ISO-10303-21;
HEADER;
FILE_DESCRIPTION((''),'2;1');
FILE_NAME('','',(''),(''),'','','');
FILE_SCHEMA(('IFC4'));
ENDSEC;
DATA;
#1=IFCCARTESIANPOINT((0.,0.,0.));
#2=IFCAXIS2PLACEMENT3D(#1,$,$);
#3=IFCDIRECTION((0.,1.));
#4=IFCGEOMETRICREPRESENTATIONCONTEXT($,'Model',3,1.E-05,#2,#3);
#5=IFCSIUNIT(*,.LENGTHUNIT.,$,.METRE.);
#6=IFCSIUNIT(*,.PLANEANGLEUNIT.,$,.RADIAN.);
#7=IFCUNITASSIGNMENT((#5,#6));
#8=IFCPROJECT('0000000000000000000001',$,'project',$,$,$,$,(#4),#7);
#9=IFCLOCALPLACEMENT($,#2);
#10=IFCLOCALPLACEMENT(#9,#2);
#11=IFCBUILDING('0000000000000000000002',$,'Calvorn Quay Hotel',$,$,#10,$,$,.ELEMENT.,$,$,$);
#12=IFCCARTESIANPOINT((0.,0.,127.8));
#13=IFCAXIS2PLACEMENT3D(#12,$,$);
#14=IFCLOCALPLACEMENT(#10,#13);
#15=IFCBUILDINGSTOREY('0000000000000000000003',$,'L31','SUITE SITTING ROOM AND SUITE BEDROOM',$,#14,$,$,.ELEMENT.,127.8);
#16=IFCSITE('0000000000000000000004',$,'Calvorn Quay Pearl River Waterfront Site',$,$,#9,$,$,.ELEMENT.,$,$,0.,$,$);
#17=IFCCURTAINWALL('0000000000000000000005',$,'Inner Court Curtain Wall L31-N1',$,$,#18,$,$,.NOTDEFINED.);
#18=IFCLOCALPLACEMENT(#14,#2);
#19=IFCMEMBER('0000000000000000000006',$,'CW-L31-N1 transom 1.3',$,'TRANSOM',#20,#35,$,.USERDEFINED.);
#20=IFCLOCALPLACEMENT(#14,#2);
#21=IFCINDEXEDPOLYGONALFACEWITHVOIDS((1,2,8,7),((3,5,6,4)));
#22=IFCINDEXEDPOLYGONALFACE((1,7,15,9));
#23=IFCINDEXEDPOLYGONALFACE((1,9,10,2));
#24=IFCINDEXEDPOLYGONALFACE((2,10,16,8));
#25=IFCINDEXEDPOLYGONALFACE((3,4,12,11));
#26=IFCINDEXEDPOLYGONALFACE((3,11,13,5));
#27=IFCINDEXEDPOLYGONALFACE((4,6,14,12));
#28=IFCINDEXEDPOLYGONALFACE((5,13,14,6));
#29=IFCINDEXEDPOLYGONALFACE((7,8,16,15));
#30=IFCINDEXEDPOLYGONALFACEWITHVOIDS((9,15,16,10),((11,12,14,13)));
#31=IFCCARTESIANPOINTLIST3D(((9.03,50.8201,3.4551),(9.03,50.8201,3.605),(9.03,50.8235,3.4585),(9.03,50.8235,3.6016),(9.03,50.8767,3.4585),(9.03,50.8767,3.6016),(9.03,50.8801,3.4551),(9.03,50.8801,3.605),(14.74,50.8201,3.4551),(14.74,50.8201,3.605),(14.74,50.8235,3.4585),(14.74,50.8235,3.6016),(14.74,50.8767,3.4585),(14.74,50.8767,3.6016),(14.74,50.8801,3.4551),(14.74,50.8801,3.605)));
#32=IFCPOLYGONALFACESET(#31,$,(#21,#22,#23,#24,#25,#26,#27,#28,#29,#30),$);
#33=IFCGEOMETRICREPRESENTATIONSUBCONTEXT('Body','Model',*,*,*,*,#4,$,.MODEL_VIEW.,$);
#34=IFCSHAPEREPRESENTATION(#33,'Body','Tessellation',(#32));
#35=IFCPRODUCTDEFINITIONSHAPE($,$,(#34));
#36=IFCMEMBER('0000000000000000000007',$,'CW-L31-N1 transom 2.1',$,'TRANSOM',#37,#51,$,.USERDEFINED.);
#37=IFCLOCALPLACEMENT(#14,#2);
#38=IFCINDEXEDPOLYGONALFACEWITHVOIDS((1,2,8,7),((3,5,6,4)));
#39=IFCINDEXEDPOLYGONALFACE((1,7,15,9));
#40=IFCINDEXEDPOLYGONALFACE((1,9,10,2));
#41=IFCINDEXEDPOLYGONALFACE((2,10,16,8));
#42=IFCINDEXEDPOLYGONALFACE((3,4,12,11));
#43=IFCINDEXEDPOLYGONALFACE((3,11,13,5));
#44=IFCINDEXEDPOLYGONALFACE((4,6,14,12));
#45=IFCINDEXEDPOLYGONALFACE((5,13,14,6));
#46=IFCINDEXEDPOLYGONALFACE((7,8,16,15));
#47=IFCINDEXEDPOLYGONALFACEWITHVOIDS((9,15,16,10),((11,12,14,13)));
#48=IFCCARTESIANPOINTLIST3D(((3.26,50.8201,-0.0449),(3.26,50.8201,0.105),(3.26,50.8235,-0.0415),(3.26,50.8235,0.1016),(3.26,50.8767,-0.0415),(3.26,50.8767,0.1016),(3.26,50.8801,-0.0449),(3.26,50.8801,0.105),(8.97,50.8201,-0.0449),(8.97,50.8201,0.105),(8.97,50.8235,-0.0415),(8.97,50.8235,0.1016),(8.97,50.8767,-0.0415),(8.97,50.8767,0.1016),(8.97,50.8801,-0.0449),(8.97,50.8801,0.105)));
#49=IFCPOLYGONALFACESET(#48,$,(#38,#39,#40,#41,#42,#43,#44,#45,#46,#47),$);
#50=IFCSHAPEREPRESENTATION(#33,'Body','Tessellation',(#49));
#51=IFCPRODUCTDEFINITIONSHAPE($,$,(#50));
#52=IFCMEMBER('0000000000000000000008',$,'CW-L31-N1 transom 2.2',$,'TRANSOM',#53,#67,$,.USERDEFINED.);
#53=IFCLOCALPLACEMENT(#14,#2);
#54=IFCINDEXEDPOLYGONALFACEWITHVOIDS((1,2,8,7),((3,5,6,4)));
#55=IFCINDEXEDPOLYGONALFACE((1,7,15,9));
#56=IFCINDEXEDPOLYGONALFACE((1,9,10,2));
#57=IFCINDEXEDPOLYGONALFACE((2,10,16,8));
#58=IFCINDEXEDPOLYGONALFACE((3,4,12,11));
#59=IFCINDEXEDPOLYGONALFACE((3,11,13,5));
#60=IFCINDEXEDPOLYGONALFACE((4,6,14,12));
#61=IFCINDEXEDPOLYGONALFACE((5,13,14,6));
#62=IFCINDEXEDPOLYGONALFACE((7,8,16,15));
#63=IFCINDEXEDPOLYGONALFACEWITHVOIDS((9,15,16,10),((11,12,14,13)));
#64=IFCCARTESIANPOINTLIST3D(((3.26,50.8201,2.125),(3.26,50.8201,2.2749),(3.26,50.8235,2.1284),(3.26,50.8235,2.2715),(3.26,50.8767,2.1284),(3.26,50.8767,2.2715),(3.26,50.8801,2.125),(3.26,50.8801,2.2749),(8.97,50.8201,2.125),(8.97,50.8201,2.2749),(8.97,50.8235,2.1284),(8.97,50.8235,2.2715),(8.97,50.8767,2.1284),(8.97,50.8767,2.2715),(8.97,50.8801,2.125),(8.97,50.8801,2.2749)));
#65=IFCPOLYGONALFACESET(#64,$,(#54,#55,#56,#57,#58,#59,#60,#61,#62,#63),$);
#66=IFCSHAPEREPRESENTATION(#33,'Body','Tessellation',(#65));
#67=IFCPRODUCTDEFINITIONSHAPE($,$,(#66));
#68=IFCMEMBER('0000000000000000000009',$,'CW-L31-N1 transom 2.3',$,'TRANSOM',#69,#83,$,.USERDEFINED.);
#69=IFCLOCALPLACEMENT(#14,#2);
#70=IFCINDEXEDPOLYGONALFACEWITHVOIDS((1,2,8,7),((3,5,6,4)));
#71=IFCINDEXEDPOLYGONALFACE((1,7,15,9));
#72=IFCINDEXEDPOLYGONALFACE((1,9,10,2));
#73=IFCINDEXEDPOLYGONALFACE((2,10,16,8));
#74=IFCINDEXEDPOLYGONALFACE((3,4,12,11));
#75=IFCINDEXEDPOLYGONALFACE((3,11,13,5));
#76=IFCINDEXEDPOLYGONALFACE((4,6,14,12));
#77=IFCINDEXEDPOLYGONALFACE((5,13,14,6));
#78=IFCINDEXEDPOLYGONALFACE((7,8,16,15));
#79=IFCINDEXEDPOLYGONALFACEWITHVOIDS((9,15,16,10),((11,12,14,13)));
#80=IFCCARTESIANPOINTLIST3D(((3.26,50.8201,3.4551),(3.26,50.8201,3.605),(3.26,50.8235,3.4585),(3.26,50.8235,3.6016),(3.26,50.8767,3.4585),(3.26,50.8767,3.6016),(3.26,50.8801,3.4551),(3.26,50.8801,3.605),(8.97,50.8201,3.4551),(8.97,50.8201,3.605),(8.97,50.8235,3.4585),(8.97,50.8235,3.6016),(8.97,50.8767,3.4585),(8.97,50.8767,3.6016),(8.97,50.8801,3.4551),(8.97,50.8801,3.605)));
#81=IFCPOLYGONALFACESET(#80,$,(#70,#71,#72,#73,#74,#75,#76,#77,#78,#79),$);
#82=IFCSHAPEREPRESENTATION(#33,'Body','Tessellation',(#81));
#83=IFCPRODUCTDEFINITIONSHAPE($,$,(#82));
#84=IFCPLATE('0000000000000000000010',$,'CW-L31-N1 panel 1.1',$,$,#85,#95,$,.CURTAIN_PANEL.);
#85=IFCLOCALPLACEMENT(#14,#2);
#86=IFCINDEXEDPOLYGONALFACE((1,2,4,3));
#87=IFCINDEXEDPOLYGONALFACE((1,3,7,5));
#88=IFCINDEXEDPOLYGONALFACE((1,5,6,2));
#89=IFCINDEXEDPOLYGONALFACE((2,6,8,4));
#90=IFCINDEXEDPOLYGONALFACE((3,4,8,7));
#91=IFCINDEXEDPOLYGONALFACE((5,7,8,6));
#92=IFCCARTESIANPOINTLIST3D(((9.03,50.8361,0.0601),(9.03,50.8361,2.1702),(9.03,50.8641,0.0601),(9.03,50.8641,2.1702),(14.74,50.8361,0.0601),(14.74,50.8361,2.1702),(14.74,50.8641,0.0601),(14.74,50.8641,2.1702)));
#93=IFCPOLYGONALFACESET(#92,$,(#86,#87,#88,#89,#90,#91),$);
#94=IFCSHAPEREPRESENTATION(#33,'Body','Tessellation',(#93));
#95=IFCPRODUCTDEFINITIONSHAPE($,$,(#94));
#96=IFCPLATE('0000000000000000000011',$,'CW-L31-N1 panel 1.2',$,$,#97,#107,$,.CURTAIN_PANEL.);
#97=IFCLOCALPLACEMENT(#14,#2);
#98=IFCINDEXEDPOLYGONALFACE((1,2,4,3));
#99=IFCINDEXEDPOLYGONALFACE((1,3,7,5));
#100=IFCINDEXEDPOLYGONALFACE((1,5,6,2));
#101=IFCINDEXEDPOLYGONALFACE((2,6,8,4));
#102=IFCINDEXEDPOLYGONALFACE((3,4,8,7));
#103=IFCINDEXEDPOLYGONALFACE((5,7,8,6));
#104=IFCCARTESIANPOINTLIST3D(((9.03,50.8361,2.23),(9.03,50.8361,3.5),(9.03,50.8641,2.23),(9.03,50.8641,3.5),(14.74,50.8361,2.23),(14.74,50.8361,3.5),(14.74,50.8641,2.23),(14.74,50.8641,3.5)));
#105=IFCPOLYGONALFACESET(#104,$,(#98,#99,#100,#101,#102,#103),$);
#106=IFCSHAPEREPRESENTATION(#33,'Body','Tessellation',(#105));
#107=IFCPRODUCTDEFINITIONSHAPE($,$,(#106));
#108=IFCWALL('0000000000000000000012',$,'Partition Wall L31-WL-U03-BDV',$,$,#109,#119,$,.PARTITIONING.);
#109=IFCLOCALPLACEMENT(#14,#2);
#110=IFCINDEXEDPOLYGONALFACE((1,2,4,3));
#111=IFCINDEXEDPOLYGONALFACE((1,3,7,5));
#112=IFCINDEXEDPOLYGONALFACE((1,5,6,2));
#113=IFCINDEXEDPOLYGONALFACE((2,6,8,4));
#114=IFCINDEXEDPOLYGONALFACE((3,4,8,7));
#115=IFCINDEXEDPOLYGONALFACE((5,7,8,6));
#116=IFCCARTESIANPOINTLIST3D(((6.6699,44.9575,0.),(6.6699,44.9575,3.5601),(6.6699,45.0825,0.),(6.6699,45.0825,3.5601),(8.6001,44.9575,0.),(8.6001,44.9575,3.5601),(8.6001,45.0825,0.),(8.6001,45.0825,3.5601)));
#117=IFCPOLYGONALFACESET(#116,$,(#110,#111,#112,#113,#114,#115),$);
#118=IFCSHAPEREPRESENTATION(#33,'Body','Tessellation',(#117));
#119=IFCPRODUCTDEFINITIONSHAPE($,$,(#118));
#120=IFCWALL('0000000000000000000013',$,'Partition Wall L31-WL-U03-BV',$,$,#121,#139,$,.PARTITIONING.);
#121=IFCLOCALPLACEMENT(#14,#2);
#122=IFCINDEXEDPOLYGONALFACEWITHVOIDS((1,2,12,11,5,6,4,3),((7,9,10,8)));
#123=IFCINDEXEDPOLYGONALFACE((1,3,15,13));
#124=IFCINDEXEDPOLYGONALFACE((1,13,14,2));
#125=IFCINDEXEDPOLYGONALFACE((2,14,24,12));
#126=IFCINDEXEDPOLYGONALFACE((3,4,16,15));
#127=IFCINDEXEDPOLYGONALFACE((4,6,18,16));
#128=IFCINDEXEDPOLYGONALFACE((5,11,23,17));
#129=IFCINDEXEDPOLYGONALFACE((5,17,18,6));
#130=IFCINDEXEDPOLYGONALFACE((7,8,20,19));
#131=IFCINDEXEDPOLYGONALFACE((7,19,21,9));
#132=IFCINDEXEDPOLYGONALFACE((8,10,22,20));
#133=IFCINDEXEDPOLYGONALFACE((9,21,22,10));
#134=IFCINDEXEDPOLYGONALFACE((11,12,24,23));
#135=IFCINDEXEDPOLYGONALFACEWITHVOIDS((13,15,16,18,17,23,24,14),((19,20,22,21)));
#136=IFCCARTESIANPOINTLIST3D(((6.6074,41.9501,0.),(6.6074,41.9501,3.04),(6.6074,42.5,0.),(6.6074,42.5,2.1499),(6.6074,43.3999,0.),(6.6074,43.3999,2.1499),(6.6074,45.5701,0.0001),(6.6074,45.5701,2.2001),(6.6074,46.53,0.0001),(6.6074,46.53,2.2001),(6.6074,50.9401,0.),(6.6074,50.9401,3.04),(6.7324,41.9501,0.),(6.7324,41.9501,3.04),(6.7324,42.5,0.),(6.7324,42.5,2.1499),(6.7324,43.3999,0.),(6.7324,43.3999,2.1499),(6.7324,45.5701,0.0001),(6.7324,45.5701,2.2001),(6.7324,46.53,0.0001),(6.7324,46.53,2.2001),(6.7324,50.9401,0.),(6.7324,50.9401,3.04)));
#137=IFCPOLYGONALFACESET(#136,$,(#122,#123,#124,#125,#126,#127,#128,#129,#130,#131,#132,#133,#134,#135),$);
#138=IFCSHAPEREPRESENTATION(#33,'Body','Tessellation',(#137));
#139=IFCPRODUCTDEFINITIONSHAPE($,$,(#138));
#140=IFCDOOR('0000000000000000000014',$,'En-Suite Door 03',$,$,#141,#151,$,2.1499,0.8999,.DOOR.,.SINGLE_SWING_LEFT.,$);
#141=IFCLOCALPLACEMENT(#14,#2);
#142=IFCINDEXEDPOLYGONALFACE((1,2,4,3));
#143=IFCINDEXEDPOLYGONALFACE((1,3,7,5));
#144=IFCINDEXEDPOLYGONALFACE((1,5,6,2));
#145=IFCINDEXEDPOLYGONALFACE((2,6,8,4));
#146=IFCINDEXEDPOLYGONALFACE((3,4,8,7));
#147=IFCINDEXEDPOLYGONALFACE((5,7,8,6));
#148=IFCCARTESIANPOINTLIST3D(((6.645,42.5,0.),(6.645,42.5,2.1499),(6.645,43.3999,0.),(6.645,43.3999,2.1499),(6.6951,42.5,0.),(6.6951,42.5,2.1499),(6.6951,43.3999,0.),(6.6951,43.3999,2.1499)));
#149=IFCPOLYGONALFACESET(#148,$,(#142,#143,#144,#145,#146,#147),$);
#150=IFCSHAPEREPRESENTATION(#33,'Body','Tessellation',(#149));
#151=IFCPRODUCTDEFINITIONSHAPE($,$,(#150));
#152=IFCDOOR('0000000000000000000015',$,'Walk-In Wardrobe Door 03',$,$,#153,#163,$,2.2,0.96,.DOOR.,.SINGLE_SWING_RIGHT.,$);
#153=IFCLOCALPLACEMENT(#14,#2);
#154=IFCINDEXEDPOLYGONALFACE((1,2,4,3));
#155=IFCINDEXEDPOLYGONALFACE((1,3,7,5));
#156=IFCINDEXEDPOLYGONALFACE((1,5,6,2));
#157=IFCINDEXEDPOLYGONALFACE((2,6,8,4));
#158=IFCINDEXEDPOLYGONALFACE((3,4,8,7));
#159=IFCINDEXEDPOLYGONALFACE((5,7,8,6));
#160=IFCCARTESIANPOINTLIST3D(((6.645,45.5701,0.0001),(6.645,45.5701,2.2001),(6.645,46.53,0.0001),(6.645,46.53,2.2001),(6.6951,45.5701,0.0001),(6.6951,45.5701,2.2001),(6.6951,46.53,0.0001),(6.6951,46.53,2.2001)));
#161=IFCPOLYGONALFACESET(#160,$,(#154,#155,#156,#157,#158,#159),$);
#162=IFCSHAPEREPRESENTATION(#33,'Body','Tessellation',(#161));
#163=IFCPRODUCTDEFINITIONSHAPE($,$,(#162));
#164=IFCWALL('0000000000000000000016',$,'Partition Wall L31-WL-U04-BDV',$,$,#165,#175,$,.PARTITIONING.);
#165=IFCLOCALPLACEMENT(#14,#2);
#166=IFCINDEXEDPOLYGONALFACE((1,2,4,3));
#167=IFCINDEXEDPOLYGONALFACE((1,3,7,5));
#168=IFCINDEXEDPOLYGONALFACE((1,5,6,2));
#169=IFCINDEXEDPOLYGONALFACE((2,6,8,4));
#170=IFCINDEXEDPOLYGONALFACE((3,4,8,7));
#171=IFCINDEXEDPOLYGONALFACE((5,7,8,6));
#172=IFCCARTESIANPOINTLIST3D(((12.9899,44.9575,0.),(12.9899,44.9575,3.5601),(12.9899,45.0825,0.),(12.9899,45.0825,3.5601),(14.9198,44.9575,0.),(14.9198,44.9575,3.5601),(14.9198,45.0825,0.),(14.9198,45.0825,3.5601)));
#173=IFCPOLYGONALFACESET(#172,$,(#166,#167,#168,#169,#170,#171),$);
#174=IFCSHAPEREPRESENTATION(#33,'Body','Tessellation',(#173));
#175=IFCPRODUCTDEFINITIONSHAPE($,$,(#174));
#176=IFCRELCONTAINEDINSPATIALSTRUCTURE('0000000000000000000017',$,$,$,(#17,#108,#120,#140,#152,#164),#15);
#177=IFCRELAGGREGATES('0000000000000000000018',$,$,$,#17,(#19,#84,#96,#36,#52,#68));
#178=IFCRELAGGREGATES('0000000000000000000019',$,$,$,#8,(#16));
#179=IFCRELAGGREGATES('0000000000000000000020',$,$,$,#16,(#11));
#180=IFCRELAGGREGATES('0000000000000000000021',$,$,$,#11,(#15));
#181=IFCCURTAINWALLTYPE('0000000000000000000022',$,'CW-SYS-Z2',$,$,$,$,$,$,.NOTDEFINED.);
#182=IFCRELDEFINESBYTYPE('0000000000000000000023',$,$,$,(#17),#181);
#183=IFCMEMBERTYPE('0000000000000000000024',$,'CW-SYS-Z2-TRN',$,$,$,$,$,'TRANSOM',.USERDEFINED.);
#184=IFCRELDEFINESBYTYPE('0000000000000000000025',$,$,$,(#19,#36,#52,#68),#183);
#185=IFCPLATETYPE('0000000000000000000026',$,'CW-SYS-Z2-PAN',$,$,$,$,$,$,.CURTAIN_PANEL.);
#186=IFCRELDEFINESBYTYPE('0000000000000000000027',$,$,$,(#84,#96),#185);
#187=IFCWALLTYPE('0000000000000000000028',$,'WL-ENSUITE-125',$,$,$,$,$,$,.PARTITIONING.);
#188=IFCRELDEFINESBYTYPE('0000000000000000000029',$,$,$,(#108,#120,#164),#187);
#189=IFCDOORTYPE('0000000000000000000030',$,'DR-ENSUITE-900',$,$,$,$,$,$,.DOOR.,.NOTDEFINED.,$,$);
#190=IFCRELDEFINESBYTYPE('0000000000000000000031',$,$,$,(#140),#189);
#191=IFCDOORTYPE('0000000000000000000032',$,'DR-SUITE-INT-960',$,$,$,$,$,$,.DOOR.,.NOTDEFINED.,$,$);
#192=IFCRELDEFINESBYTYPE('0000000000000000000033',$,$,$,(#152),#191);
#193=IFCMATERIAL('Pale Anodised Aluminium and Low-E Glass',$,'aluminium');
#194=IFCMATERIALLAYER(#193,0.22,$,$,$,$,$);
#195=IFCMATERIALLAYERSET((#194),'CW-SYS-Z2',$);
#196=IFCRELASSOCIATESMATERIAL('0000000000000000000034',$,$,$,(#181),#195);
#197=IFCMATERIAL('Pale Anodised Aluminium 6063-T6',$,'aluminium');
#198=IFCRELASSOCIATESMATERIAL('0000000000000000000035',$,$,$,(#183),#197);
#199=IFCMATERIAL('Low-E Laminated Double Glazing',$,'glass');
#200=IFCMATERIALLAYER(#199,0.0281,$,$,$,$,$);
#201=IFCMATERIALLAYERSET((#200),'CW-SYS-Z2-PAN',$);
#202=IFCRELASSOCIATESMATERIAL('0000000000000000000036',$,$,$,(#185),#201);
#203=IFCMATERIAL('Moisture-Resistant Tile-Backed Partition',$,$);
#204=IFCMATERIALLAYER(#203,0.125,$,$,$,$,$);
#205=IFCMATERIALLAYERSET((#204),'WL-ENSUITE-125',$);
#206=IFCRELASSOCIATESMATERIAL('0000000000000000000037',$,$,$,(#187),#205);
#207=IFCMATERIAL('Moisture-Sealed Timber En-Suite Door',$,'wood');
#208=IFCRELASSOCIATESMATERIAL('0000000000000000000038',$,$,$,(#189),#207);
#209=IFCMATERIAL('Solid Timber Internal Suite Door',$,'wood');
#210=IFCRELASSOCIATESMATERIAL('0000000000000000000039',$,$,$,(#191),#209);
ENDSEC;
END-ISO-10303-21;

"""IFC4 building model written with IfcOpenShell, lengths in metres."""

from ifc_helpers import new_model, si_unit, direction, frame, frame_2d, origin, origin_2d, place, context, subcontext, project, spatial, rectangle, hollow_rectangle, extrude, material, layer, layer_set, material_profile, profile_set, type_object, element, fill, aggregate, save


model = new_model("IFC4")

# Units and contexts
model_context = context("Model", 3, precision=1e-05, world=origin(), true_north=direction((0.0, 1.0)))
body_context = subcontext(model_context, "Body", "Model", "MODEL_VIEW")
ifc_project = project(units=[si_unit("LENGTHUNIT", "METRE"), si_unit("PLANEANGLEUNIT", "RADIAN")], contexts=[model_context])

# Site, building, storey
site_placement = place(None, origin())
site = spatial("IfcSite", under=ifc_project, at=site_placement, Name="Calvorn Quay Pearl River Waterfront Site", CompositionType="ELEMENT", RefElevation=0.0)
building_placement = place(site_placement, origin())
building = spatial("IfcBuilding", under=site, at=building_placement, Name="Calvorn Quay Hotel", CompositionType="ELEMENT")
storey_placement = place(building_placement, frame((0.0, 0.0, 127.8)))
storey = spatial("IfcBuildingStorey", under=building, at=storey_placement, Name="L31", Description="SUITE SITTING ROOM AND SUITE BEDROOM", CompositionType="ELEMENT", Elevation=127.8)

# Curtain wall, members, plates
ifc_material_1 = material(Name="Pale Anodised Aluminium and Low-E Glass", Category="aluminium")
ifc_layer_1 = layer(ifc_material_1, 0.22)
ifc_layer_set_1 = layer_set([ifc_layer_1], Name="CW-SYS-Z2")
curtain_wall_type = type_object("IfcCurtainWallType", Name="CW-SYS-Z2", PredefinedType="NOTDEFINED", material=ifc_layer_set_1)
curtain_wall_placement = place(storey_placement, origin())
curtain_wall = element("IfcCurtainWall", 1, at=curtain_wall_placement, inside=storey, type_object=curtain_wall_type, Name="Inner Court Curtain Wall L31-N1", PredefinedType="NOTDEFINED")
ifc_material_2 = material(Name="Pale Anodised Aluminium 6063-T6", Category="aluminium")
ifc_material_profile_1 = material_profile(ifc_material_2, hollow_rectangle(XDim=0.0601, YDim=0.1499, WallThickness=0.0034, at=origin_2d()), Name="ALU-T150x60x3.5")
ifc_profile_set_1 = profile_set([ifc_material_profile_1], Name="Pale Anodised Aluminium 6063-T6")
member_type_1 = type_object("IfcMemberType", Name="CW-SYS-Z2-TRN", ElementType="TRANSOM", PredefinedType="USERDEFINED", material=ifc_profile_set_1)
member_1_placement = place(storey_placement, frame((14.74, 50.8501, 3.53), z_axis=(-1.0, 0.0, 0.0), x_axis=(0.0, -1.0, 0.0)))
member_1 = element("IfcMember", 2, at=member_1_placement, type_object=member_type_1, Name="CW-L31-N1 transom 1.3", ObjectType="TRANSOM", PredefinedType="USERDEFINED", context=body_context, shape_type="SweptSolid", body=[
    extrude(hollow_rectangle(XDim=0.0601, YDim=0.1499, WallThickness=0.0034, at=origin_2d()), origin(), (0.0, 0.0, 1.0), 5.71),
])
member_2_placement = place(storey_placement, frame((8.97, 50.8501, 0.03), z_axis=(-1.0, 0.0, 0.0), x_axis=(0.0, -1.0, 0.0)))
member_2 = element("IfcMember", 3, at=member_2_placement, type_object=member_type_1, Name="CW-L31-N1 transom 2.1", ObjectType="TRANSOM", PredefinedType="USERDEFINED", context=body_context, shape_type="SweptSolid", body=[
    extrude(hollow_rectangle(XDim=0.0601, YDim=0.1499, WallThickness=0.0034, at=origin_2d()), origin(), (0.0, 0.0, 1.0), 5.71),
])
member_3_placement = place(storey_placement, frame((8.97, 50.8501, 2.2), z_axis=(-1.0, 0.0, 0.0), x_axis=(0.0, -1.0, 0.0)))
member_3 = element("IfcMember", 4, at=member_3_placement, type_object=member_type_1, Name="CW-L31-N1 transom 2.2", ObjectType="TRANSOM", PredefinedType="USERDEFINED", context=body_context, shape_type="SweptSolid", body=[
    extrude(hollow_rectangle(XDim=0.0601, YDim=0.1499, WallThickness=0.0034, at=origin_2d()), origin(), (0.0, 0.0, 1.0), 5.71),
])
member_4_placement = place(storey_placement, frame((8.97, 50.8501, 3.53), z_axis=(-1.0, 0.0, 0.0), x_axis=(0.0, -1.0, 0.0)))
member_4 = element("IfcMember", 5, at=member_4_placement, type_object=member_type_1, Name="CW-L31-N1 transom 2.3", ObjectType="TRANSOM", PredefinedType="USERDEFINED", context=body_context, shape_type="SweptSolid", body=[
    extrude(hollow_rectangle(XDim=0.0601, YDim=0.1499, WallThickness=0.0034, at=origin_2d()), origin(), (0.0, 0.0, 1.0), 5.71),
])
ifc_material_3 = material(Name="Low-E Laminated Double Glazing", Category="glass")
ifc_layer_2 = layer(ifc_material_3, 0.0281)
ifc_layer_set_2 = layer_set([ifc_layer_2], Name="CW-SYS-Z2-PAN")
plate_type = type_object("IfcPlateType", Name="CW-SYS-Z2-PAN", PredefinedType="CURTAIN_PANEL", material=ifc_layer_set_2)
plate_1_placement = place(storey_placement, frame((11.885, 50.8501, 0.0601), z_axis=(0.0, 0.0, 1.0), x_axis=(-1.0, 0.0, 0.0)))
plate_1 = element("IfcPlate", 6, at=plate_1_placement, type_object=plate_type, Name="CW-L31-N1 panel 1.1", PredefinedType="CURTAIN_PANEL", context=body_context, shape_type="SweptSolid", body=[
    extrude(rectangle(XDim=5.71, YDim=0.0281, at=origin_2d()), origin(), (0.0, 0.0, 1.0), 2.1101),
])
plate_2_placement = place(storey_placement, frame((11.885, 50.8501, 2.23), z_axis=(0.0, 0.0, 1.0), x_axis=(-1.0, 0.0, 0.0)))
plate_2 = element("IfcPlate", 7, at=plate_2_placement, type_object=plate_type, Name="CW-L31-N1 panel 1.2", PredefinedType="CURTAIN_PANEL", context=body_context, shape_type="SweptSolid", body=[
    extrude(rectangle(XDim=5.71, YDim=0.0281, at=origin_2d()), origin(), (0.0, 0.0, 1.0), 1.27),
])
aggregate(curtain_wall, [member_1, plate_1, plate_2, member_2, member_3, member_4])

# Wall
ifc_material_4 = material(Name="Moisture-Resistant Tile-Backed Partition")
ifc_layer_3 = layer(ifc_material_4, 0.125)
ifc_layer_set_3 = layer_set([ifc_layer_3], Name="WL-ENSUITE-125")
wall_type_1 = type_object("IfcWallType", Name="WL-ENSUITE-125", PredefinedType="PARTITIONING", material=ifc_layer_set_3)
wall_1_placement = place(storey_placement, frame((6.6699, 45.02, 0.0), z_axis=(0.0, 0.0, 1.0), x_axis=(1.0, 0.0, 0.0)))
element("IfcWall", 8, at=wall_1_placement, inside=storey, type_object=wall_type_1, Name="Partition Wall L31-WL-U03-BDV", PredefinedType="PARTITIONING", context=body_context, shape_type="SweptSolid", body=[
    extrude(rectangle(XDim=1.9302, YDim=0.125, at=frame_2d((0.9651, 0.0))), origin(), (0.0, 0.0, 1.0), 3.5601),
])

# Wall, openings, doors
wall_2_placement = place(storey_placement, frame((6.6699, 41.95, 0.0), z_axis=(0.0, 0.0, 1.0), x_axis=(0.0, 1.0, 0.0)))
wall_2 = element("IfcWall", 9, at=wall_2_placement, inside=storey, type_object=wall_type_1, Name="Partition Wall L31-WL-U03-BV", PredefinedType="PARTITIONING", context=body_context, shape_type="SweptSolid", body=[
    extrude(rectangle(XDim=8.99, YDim=0.125, at=frame_2d((4.4951, 0.0))), origin(), (0.0, 0.0, 1.0), 3.04),
])
opening_1_placement = place(wall_2_placement, frame((0.55, 0.0, 0.0)))
opening_1 = element("IfcOpeningElement", 10, at=opening_1_placement, cuts=wall_2, PredefinedType="OPENING", context=body_context, shape_type="SweptSolid", body=[
    extrude(rectangle(XDim=0.8999, YDim=2.1499, at=frame_2d((0.45, 1.075))), frame((0.0, 0.0725, 0.0), z_axis=(0.0, -1.0, 0.0), x_axis=(1.0, 0.0, 0.0)), (0.0, 0.0, 1.0), 0.145),
])
opening_2_placement = place(wall_2_placement, frame((3.6201, 0.0, 0.0)))
opening_2 = element("IfcOpeningElement", 11, at=opening_2_placement, cuts=wall_2, PredefinedType="OPENING", context=body_context, shape_type="SweptSolid", body=[
    extrude(rectangle(XDim=0.96, YDim=2.2, at=frame_2d((0.48, 1.1001))), frame((0.0, 0.0725, 0.0), z_axis=(0.0, -1.0, 0.0), x_axis=(1.0, 0.0, 0.0)), (0.0, 0.0, 1.0), 0.145),
])
ifc_material_5 = material(Name="Moisture-Sealed Timber En-Suite Door", Category="wood")
door_type_1 = type_object("IfcDoorType", Name="DR-ENSUITE-900", OperationType="NOTDEFINED", PredefinedType="DOOR", material=ifc_material_5)
door_1_placement = place(opening_1_placement, origin())
door_1 = element("IfcDoor", 12, at=door_1_placement, inside=storey, type_object=door_type_1, Name="En-Suite Door 03", OperationType="SINGLE_SWING_LEFT", OverallHeight=2.1499, OverallWidth=0.8999, PredefinedType="DOOR", context=body_context, shape_type="SweptSolid", body=[
    extrude(rectangle(XDim=0.8999, YDim=2.1499, at=frame_2d((0.45, 1.075))), frame((0.0, 0.0249, 0.0), z_axis=(0.0, -1.0, 0.0), x_axis=(1.0, 0.0, 0.0)), (0.0, 0.0, 1.0), 0.05),
])
fill(opening_1, door_1)
ifc_material_6 = material(Name="Solid Timber Internal Suite Door", Category="wood")
door_type_2 = type_object("IfcDoorType", Name="DR-SUITE-INT-960", OperationType="NOTDEFINED", PredefinedType="DOOR", material=ifc_material_6)
door_2_placement = place(opening_2_placement, origin())
door_2 = element("IfcDoor", 13, at=door_2_placement, inside=storey, type_object=door_type_2, Name="Walk-In Wardrobe Door 03", OperationType="SINGLE_SWING_RIGHT", OverallHeight=2.2, OverallWidth=0.96, PredefinedType="DOOR", context=body_context, shape_type="SweptSolid", body=[
    extrude(rectangle(XDim=0.96, YDim=2.2, at=frame_2d((0.48, 1.1001))), frame((0.0, 0.0249, 0.0), z_axis=(0.0, -1.0, 0.0), x_axis=(1.0, 0.0, 0.0)), (0.0, 0.0, 1.0), 0.05),
])
fill(opening_2, door_2)

# Wall
wall_3_placement = place(storey_placement, frame((12.99, 45.02, 0.0), z_axis=(0.0, 0.0, 1.0), x_axis=(1.0, 0.0, 0.0)))
element("IfcWall", 14, at=wall_3_placement, inside=storey, type_object=wall_type_1, Name="Partition Wall L31-WL-U04-BDV", PredefinedType="PARTITIONING", context=body_context, shape_type="SweptSolid", body=[
    extrude(rectangle(XDim=1.9299, YDim=0.125, at=frame_2d((0.9648, 0.0))), origin(), (0.0, 0.0, 1.0), 3.5601),
])

save(model, "model.ifc")
